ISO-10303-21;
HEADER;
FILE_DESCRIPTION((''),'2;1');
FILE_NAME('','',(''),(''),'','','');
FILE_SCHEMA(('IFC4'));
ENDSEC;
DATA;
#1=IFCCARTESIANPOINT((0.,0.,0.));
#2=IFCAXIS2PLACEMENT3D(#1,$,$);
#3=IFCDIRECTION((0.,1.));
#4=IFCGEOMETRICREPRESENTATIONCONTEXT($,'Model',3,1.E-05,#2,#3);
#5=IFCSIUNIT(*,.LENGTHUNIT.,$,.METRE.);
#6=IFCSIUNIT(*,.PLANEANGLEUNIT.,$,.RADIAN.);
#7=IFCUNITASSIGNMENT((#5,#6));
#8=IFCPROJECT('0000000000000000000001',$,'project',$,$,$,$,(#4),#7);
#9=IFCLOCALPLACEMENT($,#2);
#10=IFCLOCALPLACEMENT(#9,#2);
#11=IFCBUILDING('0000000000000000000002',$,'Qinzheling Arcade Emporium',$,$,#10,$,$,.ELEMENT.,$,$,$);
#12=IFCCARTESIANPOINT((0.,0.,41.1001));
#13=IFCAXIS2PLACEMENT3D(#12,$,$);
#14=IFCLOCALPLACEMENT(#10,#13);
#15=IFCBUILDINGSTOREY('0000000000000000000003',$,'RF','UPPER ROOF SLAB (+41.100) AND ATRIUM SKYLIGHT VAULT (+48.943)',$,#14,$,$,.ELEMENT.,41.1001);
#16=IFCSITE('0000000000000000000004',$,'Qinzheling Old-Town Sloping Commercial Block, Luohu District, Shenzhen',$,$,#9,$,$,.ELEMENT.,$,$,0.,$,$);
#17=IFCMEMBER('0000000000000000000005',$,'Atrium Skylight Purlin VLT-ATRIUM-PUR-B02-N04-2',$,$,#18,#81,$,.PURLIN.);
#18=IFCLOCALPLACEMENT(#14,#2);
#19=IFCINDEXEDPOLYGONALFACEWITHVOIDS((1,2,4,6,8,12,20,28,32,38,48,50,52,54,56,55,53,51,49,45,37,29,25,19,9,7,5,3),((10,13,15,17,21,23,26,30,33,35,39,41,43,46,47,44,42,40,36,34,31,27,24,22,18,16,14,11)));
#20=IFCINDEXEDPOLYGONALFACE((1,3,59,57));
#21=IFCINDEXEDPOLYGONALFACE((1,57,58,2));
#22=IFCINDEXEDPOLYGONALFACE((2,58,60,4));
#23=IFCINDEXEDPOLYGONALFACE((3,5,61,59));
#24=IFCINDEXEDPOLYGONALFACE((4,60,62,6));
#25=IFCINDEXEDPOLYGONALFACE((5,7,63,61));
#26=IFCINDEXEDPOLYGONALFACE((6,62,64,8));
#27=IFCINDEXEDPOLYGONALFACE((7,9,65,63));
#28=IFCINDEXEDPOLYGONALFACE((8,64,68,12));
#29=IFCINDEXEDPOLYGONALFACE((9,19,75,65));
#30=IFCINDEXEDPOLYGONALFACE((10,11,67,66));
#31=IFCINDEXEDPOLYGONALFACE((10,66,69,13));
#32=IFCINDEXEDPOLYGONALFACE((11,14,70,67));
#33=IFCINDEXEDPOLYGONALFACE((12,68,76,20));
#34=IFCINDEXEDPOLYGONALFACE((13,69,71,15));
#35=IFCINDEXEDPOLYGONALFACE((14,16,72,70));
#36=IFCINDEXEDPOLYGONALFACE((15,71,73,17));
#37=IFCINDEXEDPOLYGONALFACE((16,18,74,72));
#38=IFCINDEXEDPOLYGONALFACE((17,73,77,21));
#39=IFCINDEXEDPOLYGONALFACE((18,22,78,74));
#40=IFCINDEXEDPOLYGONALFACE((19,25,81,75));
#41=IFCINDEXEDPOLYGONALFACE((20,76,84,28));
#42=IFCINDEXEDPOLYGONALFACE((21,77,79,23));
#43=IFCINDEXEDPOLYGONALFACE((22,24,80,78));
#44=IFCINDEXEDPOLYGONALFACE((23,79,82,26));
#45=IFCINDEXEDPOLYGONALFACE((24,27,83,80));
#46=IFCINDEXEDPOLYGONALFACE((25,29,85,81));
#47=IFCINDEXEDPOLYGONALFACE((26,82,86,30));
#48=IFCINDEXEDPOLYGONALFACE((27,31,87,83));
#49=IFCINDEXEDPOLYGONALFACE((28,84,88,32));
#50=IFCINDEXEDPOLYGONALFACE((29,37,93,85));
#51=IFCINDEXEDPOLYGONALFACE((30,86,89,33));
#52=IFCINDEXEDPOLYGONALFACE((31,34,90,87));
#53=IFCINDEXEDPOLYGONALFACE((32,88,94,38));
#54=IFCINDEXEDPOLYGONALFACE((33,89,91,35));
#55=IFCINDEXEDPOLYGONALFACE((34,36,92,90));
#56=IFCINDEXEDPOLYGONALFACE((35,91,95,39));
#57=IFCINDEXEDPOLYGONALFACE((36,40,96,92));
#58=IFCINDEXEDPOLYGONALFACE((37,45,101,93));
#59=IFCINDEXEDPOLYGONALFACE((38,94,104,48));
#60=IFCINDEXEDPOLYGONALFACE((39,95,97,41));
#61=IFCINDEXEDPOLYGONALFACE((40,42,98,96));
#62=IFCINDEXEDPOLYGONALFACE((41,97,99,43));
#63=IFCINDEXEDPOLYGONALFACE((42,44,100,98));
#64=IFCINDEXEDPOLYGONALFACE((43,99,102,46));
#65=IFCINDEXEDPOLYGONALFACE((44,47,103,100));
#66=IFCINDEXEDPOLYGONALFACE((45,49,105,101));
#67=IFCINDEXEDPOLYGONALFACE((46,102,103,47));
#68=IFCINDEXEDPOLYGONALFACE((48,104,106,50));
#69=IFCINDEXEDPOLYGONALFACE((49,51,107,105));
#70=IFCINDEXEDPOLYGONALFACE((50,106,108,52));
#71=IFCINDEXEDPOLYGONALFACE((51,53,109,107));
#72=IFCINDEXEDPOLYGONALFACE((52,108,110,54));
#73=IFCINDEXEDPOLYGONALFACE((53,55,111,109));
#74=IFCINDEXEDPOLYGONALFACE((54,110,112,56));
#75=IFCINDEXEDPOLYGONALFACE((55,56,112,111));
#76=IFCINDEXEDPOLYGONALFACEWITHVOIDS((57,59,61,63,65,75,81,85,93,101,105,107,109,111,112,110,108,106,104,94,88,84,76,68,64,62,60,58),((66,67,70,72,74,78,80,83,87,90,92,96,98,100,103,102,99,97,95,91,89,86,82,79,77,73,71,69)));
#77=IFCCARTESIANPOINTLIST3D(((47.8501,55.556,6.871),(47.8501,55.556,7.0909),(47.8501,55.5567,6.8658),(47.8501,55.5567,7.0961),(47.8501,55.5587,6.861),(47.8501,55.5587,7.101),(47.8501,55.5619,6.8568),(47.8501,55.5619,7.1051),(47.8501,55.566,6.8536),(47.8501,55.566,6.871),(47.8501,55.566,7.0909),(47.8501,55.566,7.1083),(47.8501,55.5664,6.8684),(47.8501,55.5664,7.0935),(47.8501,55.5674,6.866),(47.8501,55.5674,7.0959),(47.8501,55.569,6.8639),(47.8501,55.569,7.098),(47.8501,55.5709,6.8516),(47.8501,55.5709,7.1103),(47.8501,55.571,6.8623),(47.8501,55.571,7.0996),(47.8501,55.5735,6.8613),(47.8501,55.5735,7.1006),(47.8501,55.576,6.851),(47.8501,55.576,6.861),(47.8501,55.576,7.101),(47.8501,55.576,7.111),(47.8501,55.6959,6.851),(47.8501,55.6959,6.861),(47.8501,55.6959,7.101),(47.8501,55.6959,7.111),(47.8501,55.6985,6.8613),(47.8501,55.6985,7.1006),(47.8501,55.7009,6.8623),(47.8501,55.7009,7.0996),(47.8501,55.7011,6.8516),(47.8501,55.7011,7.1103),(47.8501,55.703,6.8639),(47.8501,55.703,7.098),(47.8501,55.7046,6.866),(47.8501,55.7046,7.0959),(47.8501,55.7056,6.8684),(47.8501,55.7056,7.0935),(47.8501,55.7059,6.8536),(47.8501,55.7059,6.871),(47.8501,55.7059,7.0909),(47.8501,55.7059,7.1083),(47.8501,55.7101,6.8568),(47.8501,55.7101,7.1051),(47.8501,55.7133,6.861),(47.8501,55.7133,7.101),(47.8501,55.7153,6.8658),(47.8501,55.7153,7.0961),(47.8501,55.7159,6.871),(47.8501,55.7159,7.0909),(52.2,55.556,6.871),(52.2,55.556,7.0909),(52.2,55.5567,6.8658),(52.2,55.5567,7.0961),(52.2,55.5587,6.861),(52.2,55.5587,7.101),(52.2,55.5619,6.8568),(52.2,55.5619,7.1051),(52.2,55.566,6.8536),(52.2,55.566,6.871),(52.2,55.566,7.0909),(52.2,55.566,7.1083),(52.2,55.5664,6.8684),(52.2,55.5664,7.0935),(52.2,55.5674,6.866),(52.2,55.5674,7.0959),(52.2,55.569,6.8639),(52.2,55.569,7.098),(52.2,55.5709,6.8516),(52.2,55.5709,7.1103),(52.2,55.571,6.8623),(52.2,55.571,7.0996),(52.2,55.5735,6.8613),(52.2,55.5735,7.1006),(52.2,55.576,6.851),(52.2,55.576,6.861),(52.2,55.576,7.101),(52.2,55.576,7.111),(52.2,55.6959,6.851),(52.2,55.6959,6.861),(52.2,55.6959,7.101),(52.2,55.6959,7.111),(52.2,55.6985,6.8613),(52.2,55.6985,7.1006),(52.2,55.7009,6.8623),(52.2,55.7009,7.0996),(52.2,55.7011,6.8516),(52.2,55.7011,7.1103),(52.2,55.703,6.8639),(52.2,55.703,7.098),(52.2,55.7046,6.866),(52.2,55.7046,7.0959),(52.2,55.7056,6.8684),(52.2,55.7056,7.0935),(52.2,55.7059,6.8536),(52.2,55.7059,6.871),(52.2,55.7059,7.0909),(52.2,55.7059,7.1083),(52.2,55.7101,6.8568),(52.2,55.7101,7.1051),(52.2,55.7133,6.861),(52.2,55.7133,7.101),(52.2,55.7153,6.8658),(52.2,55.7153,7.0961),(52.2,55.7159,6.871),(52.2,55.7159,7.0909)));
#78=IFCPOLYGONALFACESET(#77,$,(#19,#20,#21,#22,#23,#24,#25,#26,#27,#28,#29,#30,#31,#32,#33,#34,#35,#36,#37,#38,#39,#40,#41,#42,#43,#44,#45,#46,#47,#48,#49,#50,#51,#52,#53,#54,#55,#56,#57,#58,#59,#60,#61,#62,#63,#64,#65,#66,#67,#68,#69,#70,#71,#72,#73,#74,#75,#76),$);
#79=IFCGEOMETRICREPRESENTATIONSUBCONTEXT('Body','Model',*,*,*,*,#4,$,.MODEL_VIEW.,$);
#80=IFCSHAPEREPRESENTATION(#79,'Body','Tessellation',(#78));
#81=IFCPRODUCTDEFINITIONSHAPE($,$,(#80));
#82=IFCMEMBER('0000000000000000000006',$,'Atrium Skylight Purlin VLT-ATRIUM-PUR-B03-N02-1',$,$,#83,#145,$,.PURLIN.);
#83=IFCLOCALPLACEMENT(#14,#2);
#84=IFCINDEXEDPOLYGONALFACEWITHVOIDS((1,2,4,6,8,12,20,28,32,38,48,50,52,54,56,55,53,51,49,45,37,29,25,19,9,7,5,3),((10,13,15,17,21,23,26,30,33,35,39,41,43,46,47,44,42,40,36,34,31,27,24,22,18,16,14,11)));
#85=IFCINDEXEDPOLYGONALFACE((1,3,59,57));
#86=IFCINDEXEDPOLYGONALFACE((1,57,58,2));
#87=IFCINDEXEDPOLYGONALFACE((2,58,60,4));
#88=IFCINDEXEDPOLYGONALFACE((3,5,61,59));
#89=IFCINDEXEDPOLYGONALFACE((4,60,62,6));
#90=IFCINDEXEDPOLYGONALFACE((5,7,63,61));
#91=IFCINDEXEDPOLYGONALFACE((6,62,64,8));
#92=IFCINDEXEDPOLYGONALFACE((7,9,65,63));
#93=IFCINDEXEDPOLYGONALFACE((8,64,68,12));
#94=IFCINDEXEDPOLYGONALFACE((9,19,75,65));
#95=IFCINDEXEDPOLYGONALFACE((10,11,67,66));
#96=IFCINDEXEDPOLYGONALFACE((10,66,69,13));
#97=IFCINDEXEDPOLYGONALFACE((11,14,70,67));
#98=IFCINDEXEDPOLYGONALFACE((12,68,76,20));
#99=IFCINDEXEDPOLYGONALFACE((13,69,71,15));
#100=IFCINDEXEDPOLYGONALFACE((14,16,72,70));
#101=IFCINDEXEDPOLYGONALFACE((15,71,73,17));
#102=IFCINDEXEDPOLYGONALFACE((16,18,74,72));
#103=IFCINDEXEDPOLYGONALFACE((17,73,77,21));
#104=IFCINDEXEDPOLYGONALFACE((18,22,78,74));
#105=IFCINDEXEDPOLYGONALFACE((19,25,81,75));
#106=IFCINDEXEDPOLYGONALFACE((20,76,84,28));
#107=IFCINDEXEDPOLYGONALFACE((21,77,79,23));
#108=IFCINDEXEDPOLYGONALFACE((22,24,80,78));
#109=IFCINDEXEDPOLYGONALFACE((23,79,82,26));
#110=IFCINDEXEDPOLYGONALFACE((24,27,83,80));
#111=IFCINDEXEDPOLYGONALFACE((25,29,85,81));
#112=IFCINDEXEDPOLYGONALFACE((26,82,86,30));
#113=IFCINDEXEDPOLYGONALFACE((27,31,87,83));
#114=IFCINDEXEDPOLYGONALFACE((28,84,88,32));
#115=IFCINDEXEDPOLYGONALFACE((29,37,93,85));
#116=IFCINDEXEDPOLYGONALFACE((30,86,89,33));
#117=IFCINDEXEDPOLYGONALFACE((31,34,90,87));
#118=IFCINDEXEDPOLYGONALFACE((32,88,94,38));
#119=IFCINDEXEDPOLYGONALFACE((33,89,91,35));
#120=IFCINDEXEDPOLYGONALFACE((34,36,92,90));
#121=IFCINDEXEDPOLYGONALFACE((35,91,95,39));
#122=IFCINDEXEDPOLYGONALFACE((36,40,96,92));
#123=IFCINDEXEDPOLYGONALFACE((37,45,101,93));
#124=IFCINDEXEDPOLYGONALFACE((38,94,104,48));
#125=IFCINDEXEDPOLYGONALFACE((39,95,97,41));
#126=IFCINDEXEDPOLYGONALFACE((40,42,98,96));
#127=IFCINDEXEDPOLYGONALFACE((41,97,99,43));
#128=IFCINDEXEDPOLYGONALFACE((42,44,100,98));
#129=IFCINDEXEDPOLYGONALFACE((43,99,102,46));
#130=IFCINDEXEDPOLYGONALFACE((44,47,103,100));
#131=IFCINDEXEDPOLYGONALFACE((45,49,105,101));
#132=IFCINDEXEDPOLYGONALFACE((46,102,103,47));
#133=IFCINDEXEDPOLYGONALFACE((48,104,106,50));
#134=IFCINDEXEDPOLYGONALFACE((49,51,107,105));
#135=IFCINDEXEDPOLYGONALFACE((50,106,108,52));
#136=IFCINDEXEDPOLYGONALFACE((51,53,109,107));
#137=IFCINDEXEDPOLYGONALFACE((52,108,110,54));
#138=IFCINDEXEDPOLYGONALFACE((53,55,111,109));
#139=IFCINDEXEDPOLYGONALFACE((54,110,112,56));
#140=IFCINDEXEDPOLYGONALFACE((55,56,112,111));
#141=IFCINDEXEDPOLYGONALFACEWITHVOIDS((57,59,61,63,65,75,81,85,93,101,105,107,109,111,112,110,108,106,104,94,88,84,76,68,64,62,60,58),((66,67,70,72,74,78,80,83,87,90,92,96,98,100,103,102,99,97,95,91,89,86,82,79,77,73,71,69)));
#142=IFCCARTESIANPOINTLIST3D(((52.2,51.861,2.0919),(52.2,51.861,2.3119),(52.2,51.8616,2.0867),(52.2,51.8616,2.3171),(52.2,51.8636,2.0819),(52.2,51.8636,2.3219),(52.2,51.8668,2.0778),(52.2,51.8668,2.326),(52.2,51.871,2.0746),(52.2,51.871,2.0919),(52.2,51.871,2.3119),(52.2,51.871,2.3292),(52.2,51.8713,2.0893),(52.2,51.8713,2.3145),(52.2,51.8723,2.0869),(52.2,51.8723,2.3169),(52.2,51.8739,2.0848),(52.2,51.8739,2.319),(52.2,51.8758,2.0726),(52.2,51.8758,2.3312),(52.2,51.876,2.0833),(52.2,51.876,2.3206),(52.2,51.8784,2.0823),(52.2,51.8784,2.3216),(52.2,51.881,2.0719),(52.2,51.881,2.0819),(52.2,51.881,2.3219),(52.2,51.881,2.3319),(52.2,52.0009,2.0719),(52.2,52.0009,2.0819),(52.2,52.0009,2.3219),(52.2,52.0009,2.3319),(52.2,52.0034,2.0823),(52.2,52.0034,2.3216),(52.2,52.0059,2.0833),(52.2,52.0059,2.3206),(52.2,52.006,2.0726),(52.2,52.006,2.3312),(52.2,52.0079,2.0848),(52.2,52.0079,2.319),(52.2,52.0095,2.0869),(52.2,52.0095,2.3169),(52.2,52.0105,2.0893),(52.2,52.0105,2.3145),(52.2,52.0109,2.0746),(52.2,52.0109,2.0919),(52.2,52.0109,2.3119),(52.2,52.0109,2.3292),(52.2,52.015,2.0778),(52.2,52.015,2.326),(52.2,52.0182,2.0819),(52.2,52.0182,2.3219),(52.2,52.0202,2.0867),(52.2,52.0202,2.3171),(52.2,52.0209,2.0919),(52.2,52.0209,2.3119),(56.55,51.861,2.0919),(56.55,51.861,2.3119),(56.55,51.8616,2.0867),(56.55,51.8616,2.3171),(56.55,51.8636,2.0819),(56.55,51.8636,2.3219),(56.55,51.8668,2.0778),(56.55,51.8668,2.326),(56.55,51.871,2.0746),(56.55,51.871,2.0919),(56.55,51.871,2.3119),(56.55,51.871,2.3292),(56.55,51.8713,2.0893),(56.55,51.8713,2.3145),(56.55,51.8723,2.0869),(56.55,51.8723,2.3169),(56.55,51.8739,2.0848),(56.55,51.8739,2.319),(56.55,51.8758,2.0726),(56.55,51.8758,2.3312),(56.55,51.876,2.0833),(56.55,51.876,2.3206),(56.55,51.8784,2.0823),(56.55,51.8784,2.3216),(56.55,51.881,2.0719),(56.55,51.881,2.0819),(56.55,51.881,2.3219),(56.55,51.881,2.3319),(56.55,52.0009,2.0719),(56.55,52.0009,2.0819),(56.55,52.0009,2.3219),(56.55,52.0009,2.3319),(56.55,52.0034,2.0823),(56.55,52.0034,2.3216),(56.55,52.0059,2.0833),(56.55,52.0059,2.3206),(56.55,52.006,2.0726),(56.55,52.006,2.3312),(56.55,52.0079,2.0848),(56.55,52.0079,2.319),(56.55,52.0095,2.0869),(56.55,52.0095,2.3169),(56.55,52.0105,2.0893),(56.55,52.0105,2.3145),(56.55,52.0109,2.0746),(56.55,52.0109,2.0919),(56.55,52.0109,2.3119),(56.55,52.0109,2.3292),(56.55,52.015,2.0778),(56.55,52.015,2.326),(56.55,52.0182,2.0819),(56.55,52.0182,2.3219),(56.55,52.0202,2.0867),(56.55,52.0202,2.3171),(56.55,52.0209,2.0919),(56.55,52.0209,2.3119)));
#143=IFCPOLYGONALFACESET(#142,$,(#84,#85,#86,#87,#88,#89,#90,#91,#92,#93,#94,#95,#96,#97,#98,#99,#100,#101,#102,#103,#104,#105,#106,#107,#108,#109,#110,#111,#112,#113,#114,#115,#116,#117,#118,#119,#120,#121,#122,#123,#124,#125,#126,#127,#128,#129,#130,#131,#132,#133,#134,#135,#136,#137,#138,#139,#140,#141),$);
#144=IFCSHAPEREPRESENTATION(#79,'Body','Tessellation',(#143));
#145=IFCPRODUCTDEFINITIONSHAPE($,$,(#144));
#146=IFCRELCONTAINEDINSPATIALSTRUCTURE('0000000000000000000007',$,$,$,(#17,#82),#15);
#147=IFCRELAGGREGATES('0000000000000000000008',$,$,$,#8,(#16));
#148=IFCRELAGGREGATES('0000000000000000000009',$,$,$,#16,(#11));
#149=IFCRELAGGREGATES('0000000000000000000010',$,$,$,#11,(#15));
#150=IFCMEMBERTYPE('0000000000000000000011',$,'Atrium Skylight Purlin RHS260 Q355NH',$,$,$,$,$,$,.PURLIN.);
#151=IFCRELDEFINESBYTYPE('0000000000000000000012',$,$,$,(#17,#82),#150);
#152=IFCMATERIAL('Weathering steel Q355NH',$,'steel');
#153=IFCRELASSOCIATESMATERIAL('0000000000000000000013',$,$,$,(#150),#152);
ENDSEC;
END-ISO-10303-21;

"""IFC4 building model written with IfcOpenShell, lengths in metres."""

from ifc_helpers import new_model, si_unit, direction, frame, origin, origin_2d, place, context, subcontext, project, spatial, hollow_rectangle, extrude, material, material_profile, profile_set, type_object, element, save


model = new_model("IFC4")

# Units and contexts
model_context = context("Model", 3, precision=1e-05, world=origin(), true_north=direction((0.0, 1.0)))
body_context = subcontext(model_context, "Body", "Model", "MODEL_VIEW")
ifc_project = project(units=[si_unit("LENGTHUNIT", "METRE"), si_unit("PLANEANGLEUNIT", "RADIAN")], contexts=[model_context])

# Site, building, storey
site_placement = place(None, origin())
site = spatial("IfcSite", under=ifc_project, at=site_placement, Name="Qinzheling Old-Town Sloping Commercial Block, Luohu District, Shenzhen", CompositionType="ELEMENT", RefElevation=0.0)
building_placement = place(site_placement, origin())
building = spatial("IfcBuilding", under=site, at=building_placement, Name="Qinzheling Arcade Emporium", CompositionType="ELEMENT")
storey_placement = place(building_placement, frame((0.0, 0.0, 41.1001)))
storey = spatial("IfcBuildingStorey", under=building, at=storey_placement, Name="RF", Description="UPPER ROOF SLAB (+41.100) AND ATRIUM SKYLIGHT VAULT (+48.943)", CompositionType="ELEMENT", Elevation=41.1001)

# Shared definitions
ifc_material_1 = material(Name="Weathering steel Q355NH", Category="steel")

# Members
ifc_material_profile_1 = material_profile(ifc_material_1, hollow_rectangle(XDim=0.1599, YDim=0.26, WallThickness=0.01, InnerFilletRadius=0.01, OuterFilletRadius=0.02, at=origin_2d()), Name="RHS 260x160x10", Category="steel")
ifc_profile_set_1 = profile_set([ifc_material_profile_1], Name="Weathering steel Q355NH")
member_type = type_object("IfcMemberType", Name="Atrium Skylight Purlin RHS260 Q355NH", PredefinedType="PURLIN", material=ifc_profile_set_1)
for number, where, z_axis, x_axis, name in (
    (1, (47.8501, 55.636, 6.981), (1.0, 0.0, 0.0), (0.0, 1.0, 0.0), "Atrium Skylight Purlin VLT-ATRIUM-PUR-B02-N04-2"),
):
    element("IfcMember", number, at=place(storey_placement, frame(where, z_axis=z_axis, x_axis=x_axis)), inside=storey, type_object=member_type, Name=name, PredefinedType="PURLIN", context=body_context, shape_type="SweptSolid", body=[
        extrude(hollow_rectangle(XDim=0.1599, YDim=0.26, WallThickness=0.01, InnerFilletRadius=0.01, OuterFilletRadius=0.02, at=origin_2d()), origin(), (0.0, 0.0, 1.0), 4.3499),
    ])
member_1_placement = place(storey_placement, frame((52.2, 51.9409, 2.2019), z_axis=(1.0, 0.0, 0.0), x_axis=(0.0, 1.0, 0.0)))
element("IfcMember", 2, at=member_1_placement, inside=storey, type_object=member_type, Name="Atrium Skylight Purlin VLT-ATRIUM-PUR-B03-N02-1", PredefinedType="PURLIN", context=body_context, shape_type="SweptSolid", body=[
    extrude(hollow_rectangle(XDim=0.1599, YDim=0.26, WallThickness=0.01, InnerFilletRadius=0.01, OuterFilletRadius=0.02, at=origin_2d()), origin(), (0.0, 0.0, 1.0), 4.3501),
])

save(model, "model.ifc")
